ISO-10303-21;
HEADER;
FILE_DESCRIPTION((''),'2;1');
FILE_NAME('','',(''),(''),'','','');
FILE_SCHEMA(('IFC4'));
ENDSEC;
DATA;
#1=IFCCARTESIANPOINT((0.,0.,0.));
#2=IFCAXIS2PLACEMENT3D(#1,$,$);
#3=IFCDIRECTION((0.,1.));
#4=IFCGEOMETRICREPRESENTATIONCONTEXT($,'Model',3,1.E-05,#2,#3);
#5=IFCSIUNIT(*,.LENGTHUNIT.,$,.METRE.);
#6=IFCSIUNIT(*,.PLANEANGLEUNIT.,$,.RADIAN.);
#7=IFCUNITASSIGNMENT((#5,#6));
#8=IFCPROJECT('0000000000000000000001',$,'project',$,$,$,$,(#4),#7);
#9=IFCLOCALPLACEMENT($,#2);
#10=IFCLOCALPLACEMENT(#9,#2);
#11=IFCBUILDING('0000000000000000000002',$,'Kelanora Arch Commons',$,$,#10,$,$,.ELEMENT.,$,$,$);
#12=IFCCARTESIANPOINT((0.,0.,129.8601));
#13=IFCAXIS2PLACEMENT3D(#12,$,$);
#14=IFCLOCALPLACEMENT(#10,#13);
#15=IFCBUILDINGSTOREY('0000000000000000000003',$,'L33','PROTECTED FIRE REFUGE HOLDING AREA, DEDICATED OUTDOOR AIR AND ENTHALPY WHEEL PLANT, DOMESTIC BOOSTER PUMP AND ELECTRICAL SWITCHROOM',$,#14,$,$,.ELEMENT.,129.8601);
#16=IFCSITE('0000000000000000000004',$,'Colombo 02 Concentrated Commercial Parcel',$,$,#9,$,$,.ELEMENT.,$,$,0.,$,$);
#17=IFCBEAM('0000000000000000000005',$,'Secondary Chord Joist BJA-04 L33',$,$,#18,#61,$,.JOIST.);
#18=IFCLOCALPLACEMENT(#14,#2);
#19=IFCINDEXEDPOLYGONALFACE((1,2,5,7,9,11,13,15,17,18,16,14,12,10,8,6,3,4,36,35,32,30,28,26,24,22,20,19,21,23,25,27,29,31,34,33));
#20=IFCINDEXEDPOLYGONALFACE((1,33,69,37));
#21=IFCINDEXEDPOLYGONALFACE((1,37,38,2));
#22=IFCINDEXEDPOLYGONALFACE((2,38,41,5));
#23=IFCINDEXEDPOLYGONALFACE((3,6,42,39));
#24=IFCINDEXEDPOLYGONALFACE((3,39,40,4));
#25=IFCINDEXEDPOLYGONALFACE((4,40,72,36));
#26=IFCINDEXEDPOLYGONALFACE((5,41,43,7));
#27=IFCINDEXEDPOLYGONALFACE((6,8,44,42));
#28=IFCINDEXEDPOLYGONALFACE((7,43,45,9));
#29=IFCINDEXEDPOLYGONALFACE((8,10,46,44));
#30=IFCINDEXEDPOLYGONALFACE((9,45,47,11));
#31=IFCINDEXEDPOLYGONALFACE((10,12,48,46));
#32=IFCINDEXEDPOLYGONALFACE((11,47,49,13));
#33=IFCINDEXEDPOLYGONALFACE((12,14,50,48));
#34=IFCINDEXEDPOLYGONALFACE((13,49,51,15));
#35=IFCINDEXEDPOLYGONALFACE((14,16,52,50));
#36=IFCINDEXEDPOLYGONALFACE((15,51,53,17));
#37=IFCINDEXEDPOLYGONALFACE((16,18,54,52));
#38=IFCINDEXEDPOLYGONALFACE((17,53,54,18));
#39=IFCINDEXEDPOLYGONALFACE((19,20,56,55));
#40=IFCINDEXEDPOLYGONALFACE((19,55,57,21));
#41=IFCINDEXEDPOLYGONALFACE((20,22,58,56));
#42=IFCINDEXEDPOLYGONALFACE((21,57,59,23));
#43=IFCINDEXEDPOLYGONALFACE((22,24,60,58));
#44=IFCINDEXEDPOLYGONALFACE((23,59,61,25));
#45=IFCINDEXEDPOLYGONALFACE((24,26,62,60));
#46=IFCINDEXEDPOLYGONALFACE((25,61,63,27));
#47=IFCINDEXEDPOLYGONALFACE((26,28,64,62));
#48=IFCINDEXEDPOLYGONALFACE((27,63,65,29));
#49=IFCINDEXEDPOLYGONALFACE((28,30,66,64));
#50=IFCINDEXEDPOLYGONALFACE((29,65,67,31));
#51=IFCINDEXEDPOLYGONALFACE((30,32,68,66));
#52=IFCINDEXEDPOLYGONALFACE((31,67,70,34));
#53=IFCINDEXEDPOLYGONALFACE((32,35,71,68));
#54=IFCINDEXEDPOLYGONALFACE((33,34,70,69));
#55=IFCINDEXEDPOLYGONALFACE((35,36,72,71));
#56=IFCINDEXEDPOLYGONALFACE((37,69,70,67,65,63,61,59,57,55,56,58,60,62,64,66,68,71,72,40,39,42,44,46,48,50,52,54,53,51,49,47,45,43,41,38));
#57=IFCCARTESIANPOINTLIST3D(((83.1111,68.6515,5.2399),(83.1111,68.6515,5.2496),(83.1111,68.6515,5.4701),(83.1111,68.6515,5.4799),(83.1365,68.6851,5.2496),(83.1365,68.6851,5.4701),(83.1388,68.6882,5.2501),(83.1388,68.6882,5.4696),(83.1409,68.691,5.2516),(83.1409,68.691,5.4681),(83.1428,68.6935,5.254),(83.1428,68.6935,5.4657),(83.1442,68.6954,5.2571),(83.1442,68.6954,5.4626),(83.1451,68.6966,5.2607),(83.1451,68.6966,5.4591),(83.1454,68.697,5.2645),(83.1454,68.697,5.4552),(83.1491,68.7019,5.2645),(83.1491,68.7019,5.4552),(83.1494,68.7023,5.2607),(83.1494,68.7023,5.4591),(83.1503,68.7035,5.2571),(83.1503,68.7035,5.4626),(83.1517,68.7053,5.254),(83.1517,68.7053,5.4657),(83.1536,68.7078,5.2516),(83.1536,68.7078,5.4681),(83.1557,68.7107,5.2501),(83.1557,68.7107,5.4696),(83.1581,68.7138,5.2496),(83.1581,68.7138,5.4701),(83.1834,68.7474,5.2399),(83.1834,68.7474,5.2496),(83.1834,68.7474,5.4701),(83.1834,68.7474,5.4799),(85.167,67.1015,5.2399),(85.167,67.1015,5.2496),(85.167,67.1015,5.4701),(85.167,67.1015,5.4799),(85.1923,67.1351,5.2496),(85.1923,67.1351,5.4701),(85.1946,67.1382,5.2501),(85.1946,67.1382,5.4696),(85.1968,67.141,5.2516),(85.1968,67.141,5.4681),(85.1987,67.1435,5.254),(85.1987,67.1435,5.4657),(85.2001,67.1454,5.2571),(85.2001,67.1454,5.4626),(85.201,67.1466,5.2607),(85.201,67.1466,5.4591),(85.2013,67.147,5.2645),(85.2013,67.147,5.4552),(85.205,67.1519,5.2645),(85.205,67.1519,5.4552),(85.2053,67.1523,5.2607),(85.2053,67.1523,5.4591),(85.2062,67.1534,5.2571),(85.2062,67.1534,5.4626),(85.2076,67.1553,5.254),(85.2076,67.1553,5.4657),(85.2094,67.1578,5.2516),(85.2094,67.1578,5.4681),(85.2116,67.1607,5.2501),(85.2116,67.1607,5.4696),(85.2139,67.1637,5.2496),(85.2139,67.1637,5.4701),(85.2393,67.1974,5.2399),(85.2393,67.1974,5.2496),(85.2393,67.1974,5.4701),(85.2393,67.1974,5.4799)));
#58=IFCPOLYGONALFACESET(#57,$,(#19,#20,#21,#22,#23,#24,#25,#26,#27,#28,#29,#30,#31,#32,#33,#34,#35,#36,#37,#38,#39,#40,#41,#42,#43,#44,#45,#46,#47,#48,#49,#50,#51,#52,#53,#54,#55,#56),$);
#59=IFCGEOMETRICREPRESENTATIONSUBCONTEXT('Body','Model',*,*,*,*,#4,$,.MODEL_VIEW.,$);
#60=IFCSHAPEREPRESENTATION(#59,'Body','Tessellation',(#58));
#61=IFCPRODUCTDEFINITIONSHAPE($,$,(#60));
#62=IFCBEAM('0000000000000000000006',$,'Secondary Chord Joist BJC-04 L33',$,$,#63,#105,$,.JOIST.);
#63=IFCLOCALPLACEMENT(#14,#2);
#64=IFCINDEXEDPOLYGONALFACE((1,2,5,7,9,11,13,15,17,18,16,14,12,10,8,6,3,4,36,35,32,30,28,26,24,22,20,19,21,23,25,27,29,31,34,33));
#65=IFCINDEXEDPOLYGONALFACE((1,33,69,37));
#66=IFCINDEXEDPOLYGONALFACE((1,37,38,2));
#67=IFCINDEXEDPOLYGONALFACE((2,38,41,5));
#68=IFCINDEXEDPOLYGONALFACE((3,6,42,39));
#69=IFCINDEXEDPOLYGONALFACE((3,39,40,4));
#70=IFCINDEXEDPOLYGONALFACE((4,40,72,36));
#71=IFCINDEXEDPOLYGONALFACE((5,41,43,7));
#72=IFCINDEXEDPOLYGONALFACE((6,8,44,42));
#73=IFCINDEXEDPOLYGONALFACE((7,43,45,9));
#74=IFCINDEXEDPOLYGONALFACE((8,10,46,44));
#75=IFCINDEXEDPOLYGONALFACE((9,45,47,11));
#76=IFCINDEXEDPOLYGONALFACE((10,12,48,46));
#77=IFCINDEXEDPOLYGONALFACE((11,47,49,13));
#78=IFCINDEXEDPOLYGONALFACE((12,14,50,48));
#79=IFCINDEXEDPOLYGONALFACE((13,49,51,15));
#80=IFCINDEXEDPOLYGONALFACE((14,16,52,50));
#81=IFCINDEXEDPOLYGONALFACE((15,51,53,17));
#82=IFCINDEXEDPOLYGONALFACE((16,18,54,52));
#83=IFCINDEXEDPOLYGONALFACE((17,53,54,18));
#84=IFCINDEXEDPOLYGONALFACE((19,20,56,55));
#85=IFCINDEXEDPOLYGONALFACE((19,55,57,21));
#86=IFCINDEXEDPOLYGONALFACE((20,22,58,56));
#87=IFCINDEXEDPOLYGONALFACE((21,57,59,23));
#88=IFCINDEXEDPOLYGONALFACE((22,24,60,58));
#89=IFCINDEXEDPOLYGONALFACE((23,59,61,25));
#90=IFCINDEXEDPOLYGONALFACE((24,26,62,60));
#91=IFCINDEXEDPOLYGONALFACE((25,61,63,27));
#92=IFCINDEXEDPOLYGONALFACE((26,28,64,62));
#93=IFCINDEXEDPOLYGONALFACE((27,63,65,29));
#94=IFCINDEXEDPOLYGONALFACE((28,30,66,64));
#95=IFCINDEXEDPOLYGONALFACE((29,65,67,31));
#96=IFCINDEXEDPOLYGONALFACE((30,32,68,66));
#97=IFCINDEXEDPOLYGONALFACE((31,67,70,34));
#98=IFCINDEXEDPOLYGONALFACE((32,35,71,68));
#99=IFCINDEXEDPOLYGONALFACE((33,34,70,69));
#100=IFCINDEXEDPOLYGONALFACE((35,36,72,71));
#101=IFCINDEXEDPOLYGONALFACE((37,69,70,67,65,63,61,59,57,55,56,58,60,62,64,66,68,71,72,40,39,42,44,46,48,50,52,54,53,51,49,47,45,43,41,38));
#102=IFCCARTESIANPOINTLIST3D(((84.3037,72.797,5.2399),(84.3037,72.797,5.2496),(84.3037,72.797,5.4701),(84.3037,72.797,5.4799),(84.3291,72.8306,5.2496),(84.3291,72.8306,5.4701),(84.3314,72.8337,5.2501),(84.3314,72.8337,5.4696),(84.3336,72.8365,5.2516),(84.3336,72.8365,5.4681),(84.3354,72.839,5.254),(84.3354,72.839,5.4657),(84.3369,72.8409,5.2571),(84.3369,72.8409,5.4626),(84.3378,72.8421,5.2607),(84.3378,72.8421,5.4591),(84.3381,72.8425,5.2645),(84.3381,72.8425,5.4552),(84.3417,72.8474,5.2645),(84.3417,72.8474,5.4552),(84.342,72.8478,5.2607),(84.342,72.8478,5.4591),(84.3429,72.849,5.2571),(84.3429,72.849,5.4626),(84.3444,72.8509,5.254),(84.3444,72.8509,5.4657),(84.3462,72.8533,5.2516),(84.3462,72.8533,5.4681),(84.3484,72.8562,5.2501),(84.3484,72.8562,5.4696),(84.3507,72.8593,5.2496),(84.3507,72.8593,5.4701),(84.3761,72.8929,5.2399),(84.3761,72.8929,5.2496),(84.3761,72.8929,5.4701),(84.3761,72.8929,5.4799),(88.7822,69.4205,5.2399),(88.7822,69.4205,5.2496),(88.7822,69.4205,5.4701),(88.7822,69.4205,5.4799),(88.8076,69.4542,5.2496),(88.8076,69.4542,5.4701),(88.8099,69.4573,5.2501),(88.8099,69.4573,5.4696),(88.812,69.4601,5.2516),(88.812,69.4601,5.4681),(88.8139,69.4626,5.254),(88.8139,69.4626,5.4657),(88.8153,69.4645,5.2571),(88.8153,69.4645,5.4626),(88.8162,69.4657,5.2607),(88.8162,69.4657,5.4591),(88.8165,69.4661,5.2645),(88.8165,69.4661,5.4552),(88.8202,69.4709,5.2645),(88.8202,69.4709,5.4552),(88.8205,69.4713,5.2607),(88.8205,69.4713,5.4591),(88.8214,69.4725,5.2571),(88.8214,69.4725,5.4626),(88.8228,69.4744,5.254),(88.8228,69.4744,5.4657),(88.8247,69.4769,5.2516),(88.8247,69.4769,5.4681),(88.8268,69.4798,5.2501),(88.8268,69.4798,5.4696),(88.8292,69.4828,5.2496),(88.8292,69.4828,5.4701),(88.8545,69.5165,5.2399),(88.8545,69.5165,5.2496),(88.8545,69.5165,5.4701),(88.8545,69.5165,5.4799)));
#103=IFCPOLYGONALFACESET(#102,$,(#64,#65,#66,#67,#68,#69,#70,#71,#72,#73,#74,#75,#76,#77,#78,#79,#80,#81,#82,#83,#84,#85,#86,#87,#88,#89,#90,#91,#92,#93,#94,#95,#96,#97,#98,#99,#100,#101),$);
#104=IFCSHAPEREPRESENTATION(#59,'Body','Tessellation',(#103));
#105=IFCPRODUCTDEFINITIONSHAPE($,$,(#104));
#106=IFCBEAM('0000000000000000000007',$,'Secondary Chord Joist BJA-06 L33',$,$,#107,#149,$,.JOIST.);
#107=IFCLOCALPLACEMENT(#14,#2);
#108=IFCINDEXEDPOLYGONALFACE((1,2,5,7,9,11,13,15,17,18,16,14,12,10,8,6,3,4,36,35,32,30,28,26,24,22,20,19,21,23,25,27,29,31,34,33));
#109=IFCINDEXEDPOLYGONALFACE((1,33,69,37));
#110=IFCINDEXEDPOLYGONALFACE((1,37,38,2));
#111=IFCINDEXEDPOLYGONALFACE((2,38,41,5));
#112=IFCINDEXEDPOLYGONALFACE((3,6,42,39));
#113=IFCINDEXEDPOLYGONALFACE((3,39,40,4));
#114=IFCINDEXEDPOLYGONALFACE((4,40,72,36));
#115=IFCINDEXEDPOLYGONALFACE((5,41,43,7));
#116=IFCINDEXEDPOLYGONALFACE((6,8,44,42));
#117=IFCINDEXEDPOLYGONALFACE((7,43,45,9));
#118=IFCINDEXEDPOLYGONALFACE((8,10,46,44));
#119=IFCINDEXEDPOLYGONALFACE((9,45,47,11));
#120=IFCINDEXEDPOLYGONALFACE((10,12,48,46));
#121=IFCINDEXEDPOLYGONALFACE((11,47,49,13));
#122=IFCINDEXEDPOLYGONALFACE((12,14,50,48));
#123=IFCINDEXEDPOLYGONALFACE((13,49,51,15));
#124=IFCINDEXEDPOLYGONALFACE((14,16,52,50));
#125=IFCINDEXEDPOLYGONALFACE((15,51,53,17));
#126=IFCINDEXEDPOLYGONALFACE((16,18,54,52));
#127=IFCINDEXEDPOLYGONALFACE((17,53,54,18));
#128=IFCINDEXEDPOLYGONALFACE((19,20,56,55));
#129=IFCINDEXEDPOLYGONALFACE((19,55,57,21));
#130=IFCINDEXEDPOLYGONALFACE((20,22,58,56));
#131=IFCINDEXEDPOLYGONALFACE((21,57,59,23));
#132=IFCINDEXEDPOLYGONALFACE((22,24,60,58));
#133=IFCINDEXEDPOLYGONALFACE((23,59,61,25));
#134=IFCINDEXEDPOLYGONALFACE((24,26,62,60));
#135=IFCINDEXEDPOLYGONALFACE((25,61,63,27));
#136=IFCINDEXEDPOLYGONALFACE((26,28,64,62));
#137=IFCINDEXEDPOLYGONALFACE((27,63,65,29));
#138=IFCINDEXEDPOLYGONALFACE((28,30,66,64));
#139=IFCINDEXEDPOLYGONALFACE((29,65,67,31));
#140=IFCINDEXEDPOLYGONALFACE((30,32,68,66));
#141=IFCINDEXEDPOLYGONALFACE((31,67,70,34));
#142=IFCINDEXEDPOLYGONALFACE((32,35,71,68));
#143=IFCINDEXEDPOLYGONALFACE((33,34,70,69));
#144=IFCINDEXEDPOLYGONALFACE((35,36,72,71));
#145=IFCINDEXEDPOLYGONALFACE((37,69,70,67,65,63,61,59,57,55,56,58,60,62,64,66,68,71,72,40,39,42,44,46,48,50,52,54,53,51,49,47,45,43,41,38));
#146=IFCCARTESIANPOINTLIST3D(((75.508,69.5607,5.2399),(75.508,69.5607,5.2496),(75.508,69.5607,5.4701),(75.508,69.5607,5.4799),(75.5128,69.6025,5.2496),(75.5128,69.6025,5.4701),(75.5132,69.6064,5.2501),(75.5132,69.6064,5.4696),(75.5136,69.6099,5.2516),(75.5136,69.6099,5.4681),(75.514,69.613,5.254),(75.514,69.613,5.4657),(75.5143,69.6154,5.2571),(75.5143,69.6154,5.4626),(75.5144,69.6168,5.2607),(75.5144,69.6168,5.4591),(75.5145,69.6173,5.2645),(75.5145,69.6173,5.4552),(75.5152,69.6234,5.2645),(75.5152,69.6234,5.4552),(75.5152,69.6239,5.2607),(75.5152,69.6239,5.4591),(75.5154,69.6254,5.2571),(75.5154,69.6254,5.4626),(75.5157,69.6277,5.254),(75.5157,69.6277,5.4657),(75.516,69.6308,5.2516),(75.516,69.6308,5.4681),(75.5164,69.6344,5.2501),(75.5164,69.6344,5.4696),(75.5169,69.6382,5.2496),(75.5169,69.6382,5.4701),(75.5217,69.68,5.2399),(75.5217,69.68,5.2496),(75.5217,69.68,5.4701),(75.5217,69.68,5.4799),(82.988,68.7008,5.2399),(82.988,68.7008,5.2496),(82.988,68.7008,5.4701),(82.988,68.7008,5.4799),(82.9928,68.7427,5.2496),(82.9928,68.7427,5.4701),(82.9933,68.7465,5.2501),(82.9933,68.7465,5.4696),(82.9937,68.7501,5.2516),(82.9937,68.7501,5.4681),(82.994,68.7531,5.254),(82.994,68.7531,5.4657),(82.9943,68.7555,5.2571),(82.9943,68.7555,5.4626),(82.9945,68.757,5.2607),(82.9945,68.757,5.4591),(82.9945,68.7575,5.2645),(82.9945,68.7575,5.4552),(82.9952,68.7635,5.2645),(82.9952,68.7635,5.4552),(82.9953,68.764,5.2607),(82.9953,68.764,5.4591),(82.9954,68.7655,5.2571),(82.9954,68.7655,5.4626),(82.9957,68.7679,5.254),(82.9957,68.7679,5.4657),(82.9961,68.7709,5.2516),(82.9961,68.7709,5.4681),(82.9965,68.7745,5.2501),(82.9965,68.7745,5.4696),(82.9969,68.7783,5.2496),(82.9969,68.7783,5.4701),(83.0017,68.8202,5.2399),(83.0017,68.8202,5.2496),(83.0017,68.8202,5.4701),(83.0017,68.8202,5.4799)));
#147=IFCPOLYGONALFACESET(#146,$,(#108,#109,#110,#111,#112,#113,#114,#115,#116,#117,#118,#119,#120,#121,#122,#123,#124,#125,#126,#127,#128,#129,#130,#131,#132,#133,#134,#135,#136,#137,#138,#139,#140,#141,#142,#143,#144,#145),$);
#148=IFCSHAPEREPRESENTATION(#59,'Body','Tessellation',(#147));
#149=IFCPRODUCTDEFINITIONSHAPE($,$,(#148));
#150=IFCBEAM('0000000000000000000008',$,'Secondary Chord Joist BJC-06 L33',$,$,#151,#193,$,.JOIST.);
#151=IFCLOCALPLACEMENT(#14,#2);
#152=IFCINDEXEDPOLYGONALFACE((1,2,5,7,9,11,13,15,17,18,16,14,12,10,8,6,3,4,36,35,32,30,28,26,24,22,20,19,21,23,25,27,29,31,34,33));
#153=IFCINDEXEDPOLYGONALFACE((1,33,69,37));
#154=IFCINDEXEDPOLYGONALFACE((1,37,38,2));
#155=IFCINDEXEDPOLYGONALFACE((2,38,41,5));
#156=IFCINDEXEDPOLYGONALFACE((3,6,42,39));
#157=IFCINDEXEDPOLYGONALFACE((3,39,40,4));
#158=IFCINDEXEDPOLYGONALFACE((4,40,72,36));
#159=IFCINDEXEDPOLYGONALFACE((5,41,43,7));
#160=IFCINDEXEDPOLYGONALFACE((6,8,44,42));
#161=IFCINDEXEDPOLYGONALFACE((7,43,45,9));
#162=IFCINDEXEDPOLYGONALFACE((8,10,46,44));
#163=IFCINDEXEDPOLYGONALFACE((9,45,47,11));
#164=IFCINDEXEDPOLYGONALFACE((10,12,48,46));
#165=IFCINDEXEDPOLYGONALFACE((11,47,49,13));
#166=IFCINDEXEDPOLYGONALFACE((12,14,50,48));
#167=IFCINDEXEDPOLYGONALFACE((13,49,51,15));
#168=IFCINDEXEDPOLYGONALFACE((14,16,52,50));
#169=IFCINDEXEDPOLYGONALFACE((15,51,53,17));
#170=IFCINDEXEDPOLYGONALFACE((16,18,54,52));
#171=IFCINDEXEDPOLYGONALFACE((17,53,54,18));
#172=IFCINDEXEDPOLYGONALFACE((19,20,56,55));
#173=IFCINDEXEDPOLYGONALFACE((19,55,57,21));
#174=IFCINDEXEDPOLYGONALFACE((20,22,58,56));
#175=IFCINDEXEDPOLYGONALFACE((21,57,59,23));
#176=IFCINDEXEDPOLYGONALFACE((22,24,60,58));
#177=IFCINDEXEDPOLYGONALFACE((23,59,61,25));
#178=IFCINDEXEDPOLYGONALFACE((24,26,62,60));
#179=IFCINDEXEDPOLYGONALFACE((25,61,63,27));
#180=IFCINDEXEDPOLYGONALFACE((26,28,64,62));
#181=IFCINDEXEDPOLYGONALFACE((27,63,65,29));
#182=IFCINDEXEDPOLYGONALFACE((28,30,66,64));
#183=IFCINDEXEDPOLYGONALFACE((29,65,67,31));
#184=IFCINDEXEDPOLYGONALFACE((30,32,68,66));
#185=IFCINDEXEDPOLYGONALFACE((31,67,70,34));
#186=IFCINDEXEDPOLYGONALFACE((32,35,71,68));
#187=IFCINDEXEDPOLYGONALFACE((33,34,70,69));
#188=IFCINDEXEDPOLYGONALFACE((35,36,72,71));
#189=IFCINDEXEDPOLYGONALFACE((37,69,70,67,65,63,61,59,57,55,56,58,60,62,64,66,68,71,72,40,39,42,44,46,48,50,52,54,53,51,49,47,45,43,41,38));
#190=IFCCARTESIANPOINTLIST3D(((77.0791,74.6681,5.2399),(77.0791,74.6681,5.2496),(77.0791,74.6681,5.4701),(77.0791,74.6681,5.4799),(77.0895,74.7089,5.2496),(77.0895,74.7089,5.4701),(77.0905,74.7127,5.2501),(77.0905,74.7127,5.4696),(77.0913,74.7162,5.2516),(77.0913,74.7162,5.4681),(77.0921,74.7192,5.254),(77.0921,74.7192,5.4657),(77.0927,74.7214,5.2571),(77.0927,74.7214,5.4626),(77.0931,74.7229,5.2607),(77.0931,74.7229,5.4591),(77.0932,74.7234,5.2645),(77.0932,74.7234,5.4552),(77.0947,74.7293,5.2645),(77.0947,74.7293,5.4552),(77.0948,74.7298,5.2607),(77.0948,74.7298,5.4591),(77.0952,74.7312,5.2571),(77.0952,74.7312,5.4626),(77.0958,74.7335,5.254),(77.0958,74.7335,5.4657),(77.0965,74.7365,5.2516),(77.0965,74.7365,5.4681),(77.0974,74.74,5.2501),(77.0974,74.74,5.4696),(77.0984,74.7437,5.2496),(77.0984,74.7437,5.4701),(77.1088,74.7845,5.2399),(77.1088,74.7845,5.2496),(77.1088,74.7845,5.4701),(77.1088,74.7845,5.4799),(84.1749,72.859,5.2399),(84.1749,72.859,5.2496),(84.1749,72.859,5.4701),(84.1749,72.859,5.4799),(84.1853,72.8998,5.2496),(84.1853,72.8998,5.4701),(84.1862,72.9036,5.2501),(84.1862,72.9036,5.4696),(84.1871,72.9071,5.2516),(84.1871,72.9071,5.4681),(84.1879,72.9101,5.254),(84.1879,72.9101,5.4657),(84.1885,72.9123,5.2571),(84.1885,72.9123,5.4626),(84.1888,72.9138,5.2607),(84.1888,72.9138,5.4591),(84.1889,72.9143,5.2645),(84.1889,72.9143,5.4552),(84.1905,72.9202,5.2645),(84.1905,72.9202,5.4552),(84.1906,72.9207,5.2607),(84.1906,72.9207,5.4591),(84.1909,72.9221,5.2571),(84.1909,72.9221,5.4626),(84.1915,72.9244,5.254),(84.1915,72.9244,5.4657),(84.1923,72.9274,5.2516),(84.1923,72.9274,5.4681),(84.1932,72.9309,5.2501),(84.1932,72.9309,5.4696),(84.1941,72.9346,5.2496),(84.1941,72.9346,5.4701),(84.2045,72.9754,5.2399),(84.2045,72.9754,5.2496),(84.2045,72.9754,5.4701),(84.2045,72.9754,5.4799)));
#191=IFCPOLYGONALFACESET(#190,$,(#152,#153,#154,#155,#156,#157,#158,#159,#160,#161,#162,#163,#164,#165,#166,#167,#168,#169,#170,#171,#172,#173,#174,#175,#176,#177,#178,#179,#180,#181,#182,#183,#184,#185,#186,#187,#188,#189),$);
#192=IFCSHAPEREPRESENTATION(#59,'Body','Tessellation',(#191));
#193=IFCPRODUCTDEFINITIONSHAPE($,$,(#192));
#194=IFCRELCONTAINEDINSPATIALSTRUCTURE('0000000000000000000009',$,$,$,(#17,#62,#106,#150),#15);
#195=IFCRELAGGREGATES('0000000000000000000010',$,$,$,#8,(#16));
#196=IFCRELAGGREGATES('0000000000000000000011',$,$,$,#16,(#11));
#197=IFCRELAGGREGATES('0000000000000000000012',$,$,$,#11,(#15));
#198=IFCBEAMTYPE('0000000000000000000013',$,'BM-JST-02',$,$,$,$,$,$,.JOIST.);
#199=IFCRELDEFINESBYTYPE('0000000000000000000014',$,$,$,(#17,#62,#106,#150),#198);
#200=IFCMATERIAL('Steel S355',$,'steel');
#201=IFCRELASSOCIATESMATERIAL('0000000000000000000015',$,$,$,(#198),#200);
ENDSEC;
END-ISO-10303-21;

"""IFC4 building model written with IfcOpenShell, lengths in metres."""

from ifc_helpers import new_model, si_unit, direction, frame, origin, origin_2d, place, context, subcontext, project, spatial, i_section, extrude, material, material_profile, profile_set, type_object, element, save


model = new_model("IFC4")

# Units and contexts
model_context = context("Model", 3, precision=1e-05, world=origin(), true_north=direction((0.0, 1.0)))
body_context = subcontext(model_context, "Body", "Model", "MODEL_VIEW")
ifc_project = project(units=[si_unit("LENGTHUNIT", "METRE"), si_unit("PLANEANGLEUNIT", "RADIAN")], contexts=[model_context])

# Site, building, storey
site_placement = place(None, origin())
site = spatial("IfcSite", under=ifc_project, at=site_placement, Name="Colombo 02 Concentrated Commercial Parcel", CompositionType="ELEMENT", RefElevation=0.0)
building_placement = place(site_placement, origin())
building = spatial("IfcBuilding", under=site, at=building_placement, Name="Kelanora Arch Commons", CompositionType="ELEMENT")
storey_placement = place(building_placement, frame((0.0, 0.0, 129.8601)))
storey = spatial("IfcBuildingStorey", under=building, at=storey_placement, Name="L33", Description="PROTECTED FIRE REFUGE HOLDING AREA, DEDICATED OUTDOOR AIR AND ENTHALPY WHEEL PLANT, DOMESTIC BOOSTER PUMP AND ELECTRICAL SWITCHROOM", CompositionType="ELEMENT", Elevation=129.8601)

# Beams
ifc_material_1 = material(Name="Steel S355", Category="steel")
ifc_material_profile_1 = material_profile(ifc_material_1, i_section(OverallWidth=0.1201, OverallDepth=0.24, WebThickness=0.0061, FlangeThickness=0.0098, FilletRadius=0.0149, at=origin_2d()), Name="IPE240")
ifc_profile_set_1 = profile_set([ifc_material_profile_1], Name="Steel S355")
beam_type_1 = type_object("IfcBeamType", Name="BM-JST-02", PredefinedType="JOIST", material=ifc_profile_set_1)
beam_1_placement = place(storey_placement, frame((85.2031, 67.1494, 5.3599), z_axis=(-0.798484, 0.602016, 0.0), x_axis=(-0.602016, -0.798484, 0.0)))
element("IfcBeam", 1, at=beam_1_placement, inside=storey, type_object=beam_type_1, Name="Secondary Chord Joist BJA-04 L33", PredefinedType="JOIST", context=body_context, shape_type="SweptSolid", body=[
    extrude(i_section(OverallWidth=0.1201, OverallDepth=0.24, WebThickness=0.0061, FlangeThickness=0.0098, FilletRadius=0.0149, at=origin_2d()), origin(), (0.0, 0.0, 1.0), 2.5747),
])
beam_2_placement = place(storey_placement, frame((88.8184, 69.4685, 5.3599), z_axis=(-0.798493, 0.602004, 0.0), x_axis=(-0.602004, -0.798493, 0.0)))
element("IfcBeam", 2, at=beam_2_placement, inside=storey, type_object=beam_type_1, Name="Secondary Chord Joist BJC-04 L33", PredefinedType="JOIST", context=body_context, shape_type="SweptSolid", body=[
    extrude(i_section(OverallWidth=0.1201, OverallDepth=0.24, WebThickness=0.0061, FlangeThickness=0.0098, FilletRadius=0.0149, at=origin_2d()), origin(), (0.0, 0.0, 1.0), 5.6086),
])
beam_3_placement = place(storey_placement, frame((82.9949, 68.7605, 5.3599), z_axis=(-0.993457, 0.114203, 0.0), x_axis=(-0.114203, -0.993457, 0.0)))
element("IfcBeam", 3, at=beam_3_placement, inside=storey, type_object=beam_type_1, Name="Secondary Chord Joist BJA-06 L33", PredefinedType="JOIST", context=body_context, shape_type="SweptSolid", body=[
    extrude(i_section(OverallWidth=0.1201, OverallDepth=0.24, WebThickness=0.0061, FlangeThickness=0.0098, FilletRadius=0.0149, at=origin_2d()), origin(), (0.0, 0.0, 1.0), 7.5293),
])
beam_4_placement = place(storey_placement, frame((84.1897, 72.9172, 5.3599), z_axis=(-0.969002, 0.247052, 0.0), x_axis=(-0.247052, -0.969002, 0.0)))
element("IfcBeam", 4, at=beam_4_placement, inside=storey, type_object=beam_type_1, Name="Secondary Chord Joist BJC-06 L33", PredefinedType="JOIST", context=body_context, shape_type="SweptSolid", body=[
    extrude(i_section(OverallWidth=0.1201, OverallDepth=0.24, WebThickness=0.0061, FlangeThickness=0.0098, FilletRadius=0.0149, at=origin_2d()), origin(), (0.0, 0.0, 1.0), 7.3228),
])

save(model, "model.ifc")
